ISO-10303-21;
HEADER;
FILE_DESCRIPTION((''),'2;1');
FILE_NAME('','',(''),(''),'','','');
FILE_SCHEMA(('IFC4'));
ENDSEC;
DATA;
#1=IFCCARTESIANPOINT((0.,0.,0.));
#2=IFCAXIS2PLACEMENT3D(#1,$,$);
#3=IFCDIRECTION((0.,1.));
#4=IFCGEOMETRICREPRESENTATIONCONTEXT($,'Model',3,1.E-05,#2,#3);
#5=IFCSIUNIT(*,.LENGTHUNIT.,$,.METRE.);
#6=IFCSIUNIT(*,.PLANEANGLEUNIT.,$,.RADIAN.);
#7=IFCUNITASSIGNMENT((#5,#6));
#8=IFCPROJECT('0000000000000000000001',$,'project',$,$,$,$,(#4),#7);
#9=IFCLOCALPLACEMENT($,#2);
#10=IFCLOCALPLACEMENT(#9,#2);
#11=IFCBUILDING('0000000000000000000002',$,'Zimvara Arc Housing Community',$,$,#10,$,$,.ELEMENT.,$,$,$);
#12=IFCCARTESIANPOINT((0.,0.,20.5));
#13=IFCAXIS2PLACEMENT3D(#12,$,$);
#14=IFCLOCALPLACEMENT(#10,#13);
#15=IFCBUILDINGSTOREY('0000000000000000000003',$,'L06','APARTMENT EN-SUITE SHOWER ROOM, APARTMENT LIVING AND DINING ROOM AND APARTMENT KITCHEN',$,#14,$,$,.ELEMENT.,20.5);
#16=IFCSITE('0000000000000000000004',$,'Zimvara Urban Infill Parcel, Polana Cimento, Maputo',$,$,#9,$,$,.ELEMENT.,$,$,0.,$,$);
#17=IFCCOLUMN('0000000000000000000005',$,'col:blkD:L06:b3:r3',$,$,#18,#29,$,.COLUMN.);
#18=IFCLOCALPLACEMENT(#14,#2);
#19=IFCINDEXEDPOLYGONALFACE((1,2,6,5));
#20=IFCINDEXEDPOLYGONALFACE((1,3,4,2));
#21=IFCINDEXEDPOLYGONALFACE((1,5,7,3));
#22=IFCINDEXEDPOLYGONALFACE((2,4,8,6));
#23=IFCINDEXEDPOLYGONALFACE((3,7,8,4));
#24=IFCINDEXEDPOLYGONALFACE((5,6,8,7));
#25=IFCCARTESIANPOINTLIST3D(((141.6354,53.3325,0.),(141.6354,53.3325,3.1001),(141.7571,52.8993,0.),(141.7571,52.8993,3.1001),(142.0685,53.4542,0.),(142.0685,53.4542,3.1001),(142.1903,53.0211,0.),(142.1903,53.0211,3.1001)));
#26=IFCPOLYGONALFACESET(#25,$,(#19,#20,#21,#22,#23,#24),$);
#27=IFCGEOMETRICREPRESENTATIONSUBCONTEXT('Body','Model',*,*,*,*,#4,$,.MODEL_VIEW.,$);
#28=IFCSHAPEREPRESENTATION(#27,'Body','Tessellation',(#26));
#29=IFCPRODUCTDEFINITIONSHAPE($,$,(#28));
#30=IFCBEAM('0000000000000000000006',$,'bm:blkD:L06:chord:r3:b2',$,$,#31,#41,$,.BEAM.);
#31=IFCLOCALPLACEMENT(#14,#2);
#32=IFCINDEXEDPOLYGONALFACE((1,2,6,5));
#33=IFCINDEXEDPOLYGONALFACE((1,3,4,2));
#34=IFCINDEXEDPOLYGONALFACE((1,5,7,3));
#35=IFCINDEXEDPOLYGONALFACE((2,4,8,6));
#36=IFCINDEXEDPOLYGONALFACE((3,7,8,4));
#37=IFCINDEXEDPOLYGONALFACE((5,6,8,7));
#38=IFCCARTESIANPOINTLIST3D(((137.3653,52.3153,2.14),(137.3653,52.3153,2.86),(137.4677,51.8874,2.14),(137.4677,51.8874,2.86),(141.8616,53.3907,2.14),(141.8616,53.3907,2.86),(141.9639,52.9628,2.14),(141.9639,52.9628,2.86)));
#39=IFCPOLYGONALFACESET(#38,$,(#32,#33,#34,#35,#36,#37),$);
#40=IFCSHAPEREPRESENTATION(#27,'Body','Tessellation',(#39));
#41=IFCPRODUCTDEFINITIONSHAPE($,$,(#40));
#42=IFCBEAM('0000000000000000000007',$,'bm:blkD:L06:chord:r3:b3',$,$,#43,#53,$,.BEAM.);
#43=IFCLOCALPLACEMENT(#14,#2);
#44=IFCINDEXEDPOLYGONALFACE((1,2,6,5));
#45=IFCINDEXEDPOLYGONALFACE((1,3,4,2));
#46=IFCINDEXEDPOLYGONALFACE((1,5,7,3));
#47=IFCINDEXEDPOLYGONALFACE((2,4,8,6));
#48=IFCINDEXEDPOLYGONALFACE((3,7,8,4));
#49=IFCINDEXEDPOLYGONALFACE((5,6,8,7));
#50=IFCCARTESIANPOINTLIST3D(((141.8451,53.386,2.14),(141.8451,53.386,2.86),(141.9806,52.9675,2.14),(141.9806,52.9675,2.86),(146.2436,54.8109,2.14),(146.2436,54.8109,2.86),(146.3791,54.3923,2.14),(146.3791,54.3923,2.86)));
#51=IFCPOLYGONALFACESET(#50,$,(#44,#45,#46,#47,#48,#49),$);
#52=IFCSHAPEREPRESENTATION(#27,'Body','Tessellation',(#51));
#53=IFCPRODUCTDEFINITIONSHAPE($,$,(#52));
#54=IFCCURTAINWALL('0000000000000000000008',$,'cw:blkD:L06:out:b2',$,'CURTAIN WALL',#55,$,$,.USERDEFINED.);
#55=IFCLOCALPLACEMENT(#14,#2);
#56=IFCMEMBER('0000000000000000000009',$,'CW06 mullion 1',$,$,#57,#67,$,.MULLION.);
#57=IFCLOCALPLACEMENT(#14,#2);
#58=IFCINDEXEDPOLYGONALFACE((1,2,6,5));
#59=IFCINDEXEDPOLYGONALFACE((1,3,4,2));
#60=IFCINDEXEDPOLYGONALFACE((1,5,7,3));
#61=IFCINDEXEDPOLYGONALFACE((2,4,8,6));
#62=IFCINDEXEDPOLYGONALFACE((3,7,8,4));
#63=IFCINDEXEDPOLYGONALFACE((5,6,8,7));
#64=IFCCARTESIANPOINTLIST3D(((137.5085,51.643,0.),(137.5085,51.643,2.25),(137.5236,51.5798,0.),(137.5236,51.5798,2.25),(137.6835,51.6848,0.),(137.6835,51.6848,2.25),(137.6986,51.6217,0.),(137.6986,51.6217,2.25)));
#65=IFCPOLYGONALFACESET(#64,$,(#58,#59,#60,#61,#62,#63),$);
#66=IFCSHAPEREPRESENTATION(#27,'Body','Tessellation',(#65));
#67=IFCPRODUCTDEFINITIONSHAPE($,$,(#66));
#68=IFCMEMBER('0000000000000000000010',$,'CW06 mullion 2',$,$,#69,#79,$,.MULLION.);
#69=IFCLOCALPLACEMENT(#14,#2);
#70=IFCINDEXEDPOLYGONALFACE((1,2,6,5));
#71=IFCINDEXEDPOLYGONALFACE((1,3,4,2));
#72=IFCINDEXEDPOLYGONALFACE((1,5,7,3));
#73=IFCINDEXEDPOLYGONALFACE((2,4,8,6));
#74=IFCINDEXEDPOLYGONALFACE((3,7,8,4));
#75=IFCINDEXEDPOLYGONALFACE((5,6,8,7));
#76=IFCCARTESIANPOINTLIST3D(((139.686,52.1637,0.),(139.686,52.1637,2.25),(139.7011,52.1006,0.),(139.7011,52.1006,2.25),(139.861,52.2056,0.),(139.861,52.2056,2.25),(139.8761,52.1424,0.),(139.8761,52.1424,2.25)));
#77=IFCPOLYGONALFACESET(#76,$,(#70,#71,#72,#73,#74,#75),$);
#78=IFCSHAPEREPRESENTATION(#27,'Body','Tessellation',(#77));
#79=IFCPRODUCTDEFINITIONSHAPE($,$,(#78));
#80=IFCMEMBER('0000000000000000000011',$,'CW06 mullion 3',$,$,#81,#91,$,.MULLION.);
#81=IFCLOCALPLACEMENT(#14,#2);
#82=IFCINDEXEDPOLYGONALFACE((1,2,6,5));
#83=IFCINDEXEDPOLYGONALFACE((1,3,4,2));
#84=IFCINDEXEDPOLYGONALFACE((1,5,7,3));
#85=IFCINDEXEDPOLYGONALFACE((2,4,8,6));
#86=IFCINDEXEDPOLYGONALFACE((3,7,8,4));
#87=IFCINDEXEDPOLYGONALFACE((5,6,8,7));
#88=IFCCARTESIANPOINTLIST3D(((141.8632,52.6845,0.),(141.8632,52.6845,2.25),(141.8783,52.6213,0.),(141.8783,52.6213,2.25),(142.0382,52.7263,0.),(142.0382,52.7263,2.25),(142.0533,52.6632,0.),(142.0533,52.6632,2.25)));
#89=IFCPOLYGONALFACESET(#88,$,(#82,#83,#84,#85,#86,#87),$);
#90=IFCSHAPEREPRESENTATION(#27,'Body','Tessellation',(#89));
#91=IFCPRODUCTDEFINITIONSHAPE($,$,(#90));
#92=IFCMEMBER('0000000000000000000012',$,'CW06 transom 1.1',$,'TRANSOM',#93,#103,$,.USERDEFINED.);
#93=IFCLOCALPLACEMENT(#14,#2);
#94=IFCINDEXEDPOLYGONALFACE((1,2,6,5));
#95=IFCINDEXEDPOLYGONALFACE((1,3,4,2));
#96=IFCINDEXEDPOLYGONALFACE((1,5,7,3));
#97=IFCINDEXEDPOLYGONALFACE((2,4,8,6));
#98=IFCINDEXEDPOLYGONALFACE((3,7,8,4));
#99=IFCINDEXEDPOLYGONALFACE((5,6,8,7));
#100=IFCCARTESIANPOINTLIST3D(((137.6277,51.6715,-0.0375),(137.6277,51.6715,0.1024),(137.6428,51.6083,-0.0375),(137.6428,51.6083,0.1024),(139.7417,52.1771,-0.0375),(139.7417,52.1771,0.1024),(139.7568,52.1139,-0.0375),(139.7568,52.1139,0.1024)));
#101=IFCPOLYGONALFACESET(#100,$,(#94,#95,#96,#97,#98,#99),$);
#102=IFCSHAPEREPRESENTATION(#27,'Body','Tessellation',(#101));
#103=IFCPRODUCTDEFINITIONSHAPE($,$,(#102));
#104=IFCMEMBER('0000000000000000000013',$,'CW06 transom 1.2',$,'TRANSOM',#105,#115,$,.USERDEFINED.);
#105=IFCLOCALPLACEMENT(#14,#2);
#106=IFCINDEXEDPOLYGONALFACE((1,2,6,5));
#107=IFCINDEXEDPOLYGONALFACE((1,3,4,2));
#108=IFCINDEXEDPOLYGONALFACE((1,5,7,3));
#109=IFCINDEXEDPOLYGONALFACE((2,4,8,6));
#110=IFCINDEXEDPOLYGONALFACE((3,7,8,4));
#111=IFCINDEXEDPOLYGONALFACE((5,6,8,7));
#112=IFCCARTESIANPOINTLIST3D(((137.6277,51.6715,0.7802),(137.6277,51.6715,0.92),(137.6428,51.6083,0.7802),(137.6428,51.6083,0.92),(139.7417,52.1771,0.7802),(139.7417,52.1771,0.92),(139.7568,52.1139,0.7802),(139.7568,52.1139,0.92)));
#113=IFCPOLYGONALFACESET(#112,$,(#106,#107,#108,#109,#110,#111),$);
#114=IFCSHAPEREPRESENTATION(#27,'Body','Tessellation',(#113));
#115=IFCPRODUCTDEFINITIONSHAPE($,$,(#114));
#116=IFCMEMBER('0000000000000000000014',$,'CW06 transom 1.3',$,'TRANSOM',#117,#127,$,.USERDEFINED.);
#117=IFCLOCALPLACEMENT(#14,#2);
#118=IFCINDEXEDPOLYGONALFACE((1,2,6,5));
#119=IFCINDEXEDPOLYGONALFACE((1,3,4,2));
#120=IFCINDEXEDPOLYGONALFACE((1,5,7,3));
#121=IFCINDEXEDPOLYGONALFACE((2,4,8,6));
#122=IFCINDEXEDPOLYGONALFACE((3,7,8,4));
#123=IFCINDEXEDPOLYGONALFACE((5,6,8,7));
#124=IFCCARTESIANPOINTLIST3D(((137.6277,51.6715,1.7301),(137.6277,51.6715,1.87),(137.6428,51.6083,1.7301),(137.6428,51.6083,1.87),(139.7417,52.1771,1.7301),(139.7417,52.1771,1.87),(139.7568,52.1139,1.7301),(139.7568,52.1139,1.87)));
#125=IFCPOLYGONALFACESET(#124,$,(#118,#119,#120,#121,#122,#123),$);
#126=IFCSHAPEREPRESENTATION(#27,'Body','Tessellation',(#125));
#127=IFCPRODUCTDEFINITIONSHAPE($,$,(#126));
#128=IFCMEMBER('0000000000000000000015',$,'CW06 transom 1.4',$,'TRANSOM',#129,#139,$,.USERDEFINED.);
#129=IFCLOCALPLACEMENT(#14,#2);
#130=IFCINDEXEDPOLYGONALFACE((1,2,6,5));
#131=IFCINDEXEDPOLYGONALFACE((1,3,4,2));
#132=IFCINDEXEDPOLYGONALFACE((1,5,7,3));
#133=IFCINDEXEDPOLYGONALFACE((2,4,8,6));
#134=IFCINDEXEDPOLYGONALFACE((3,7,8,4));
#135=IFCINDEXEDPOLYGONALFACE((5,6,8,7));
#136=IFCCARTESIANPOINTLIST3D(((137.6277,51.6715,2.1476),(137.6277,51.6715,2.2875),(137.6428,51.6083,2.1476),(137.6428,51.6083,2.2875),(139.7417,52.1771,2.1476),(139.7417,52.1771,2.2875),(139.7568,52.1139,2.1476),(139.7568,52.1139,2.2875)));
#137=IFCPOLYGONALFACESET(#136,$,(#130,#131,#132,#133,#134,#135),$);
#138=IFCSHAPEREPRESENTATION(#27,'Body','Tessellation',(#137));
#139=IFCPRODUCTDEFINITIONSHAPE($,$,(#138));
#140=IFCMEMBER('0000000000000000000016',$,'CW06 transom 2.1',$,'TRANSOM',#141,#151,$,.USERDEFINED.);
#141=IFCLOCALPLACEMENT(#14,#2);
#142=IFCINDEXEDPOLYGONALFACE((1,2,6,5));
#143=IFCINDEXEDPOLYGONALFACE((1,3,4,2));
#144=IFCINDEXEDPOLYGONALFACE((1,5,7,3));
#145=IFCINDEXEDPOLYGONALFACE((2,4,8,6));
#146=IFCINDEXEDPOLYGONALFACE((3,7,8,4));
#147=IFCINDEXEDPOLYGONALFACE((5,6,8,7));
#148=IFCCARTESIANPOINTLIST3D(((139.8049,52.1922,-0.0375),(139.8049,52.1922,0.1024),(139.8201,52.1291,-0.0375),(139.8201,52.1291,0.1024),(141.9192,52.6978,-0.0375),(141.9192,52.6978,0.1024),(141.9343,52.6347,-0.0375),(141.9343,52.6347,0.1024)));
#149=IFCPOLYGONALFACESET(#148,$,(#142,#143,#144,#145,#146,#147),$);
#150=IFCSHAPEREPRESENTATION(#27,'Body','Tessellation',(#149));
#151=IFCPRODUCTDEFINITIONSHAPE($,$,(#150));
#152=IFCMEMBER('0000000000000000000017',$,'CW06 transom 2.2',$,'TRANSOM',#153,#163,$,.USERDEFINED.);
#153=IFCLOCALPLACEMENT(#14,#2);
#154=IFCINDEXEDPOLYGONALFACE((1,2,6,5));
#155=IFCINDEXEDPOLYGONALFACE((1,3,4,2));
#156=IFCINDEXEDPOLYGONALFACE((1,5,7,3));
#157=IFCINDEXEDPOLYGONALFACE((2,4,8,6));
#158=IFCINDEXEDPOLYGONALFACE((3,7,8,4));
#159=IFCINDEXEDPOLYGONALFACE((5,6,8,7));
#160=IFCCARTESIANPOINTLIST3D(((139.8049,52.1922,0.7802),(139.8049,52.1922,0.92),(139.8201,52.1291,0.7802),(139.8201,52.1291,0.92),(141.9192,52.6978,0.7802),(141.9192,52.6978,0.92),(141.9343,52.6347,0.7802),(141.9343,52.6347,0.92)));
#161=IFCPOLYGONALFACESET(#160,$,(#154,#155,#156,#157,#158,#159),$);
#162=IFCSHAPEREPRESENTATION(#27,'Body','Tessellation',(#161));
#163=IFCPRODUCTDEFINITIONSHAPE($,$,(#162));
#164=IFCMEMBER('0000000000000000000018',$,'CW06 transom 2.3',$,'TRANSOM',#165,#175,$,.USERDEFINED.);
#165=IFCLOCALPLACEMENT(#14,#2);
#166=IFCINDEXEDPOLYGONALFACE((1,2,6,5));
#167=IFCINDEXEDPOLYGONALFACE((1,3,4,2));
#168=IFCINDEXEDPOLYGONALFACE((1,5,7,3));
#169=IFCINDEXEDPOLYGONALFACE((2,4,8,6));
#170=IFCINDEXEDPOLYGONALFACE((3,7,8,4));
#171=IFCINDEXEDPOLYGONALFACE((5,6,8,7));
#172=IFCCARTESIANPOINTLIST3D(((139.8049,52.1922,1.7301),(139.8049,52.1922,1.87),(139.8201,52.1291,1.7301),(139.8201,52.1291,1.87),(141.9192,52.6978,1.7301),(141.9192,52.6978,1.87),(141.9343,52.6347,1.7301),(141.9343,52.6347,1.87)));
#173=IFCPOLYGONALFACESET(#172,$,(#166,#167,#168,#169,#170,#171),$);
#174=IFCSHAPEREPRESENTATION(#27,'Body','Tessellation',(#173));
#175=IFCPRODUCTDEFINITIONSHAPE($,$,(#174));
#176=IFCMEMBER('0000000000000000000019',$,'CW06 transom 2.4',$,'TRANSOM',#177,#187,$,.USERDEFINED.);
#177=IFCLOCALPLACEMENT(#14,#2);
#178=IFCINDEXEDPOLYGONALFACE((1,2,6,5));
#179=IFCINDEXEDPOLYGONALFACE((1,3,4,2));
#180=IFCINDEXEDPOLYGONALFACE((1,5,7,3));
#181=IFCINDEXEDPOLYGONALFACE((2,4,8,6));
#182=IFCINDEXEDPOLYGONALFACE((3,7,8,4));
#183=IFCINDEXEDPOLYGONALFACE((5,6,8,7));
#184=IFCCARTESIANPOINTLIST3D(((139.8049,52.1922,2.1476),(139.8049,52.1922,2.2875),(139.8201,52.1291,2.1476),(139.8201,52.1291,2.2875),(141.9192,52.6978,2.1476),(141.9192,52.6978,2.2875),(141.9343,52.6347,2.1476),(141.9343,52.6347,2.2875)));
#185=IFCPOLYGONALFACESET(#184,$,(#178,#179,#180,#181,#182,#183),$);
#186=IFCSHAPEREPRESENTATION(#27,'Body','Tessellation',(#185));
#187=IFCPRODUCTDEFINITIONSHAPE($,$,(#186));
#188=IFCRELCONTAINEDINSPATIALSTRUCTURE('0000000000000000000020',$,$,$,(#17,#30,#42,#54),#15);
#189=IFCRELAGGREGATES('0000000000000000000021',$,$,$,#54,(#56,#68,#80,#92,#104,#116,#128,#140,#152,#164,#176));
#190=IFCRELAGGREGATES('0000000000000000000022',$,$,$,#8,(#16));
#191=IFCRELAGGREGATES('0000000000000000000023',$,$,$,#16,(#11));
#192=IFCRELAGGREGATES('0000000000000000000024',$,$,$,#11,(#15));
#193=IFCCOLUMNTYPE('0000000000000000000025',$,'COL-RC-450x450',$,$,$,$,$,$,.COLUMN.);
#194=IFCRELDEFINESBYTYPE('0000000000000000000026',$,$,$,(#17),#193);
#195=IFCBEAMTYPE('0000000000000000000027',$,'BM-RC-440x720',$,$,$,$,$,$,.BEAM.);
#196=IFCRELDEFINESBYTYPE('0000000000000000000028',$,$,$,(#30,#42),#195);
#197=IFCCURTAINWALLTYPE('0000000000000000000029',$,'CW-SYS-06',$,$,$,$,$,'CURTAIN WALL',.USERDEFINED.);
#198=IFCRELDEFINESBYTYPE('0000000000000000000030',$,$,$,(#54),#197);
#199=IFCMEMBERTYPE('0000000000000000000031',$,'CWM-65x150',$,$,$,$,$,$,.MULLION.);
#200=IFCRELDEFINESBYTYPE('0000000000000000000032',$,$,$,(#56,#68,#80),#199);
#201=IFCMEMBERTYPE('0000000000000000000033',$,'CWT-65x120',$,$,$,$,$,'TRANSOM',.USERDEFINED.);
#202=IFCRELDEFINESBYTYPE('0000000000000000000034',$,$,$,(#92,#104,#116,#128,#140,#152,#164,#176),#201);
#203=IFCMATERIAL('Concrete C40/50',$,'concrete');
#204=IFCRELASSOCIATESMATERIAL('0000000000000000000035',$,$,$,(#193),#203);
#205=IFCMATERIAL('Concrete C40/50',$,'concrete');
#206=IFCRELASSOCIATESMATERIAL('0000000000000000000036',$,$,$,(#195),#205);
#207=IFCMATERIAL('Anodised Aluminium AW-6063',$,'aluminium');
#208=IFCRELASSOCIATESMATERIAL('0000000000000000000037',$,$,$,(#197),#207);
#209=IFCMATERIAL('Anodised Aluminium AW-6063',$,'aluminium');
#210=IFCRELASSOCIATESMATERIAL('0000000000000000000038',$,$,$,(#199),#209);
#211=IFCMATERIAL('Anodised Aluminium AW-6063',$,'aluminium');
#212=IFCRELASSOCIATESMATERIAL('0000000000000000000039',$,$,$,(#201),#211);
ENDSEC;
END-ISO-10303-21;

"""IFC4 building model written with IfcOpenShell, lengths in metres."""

from ifc_helpers import new_model, si_unit, direction, frame, origin, origin_2d, place, context, subcontext, project, spatial, rectangle, extrude, material, material_profile, profile_set, type_object, element, aggregate, save


model = new_model("IFC4")

# Units and contexts
model_context = context("Model", 3, precision=1e-05, world=origin(), true_north=direction((0.0, 1.0)))
body_context = subcontext(model_context, "Body", "Model", "MODEL_VIEW")
ifc_project = project(units=[si_unit("LENGTHUNIT", "METRE"), si_unit("PLANEANGLEUNIT", "RADIAN")], contexts=[model_context])

# Site, building, storey
site_placement = place(None, origin())
site = spatial("IfcSite", under=ifc_project, at=site_placement, Name="Zimvara Urban Infill Parcel, Polana Cimento, Maputo", CompositionType="ELEMENT", RefElevation=0.0)
building_placement = place(site_placement, origin())
building = spatial("IfcBuilding", under=site, at=building_placement, Name="Zimvara Arc Housing Community", CompositionType="ELEMENT")
storey_placement = place(building_placement, frame((0.0, 0.0, 20.5)))
storey = spatial("IfcBuildingStorey", under=building, at=storey_placement, Name="L06", Description="APARTMENT EN-SUITE SHOWER ROOM, APARTMENT LIVING AND DINING ROOM AND APARTMENT KITCHEN", CompositionType="ELEMENT", Elevation=20.5)

# Column
ifc_material_1 = material(Name="Concrete C40/50", Category="concrete")
ifc_material_profile_1 = material_profile(ifc_material_1, rectangle(XDim=0.45, YDim=0.45, at=origin_2d()), Name="RC 450x450")
ifc_profile_set_1 = profile_set([ifc_material_profile_1], Name="Concrete C40/50")
column_type = type_object("IfcColumnType", Name="COL-RC-450x450", PredefinedType="COLUMN", material=ifc_profile_set_1)
column_placement = place(storey_placement, frame((141.9128, 53.1768, 0.0), z_axis=(0.0, 0.0, 1.0), x_axis=(0.2706, -0.962692, 0.0)))
element("IfcColumn", 1, at=column_placement, inside=storey, type_object=column_type, Name="col:blkD:L06:b3:r3", PredefinedType="COLUMN", context=body_context, shape_type="SweptSolid", body=[
    extrude(rectangle(XDim=0.45, YDim=0.45, at=origin_2d()), origin(), (0.0, 0.0, 1.0), 3.1001),
])

# Beams
ifc_material_2 = material(Name="Concrete C40/50", Category="concrete")
ifc_material_profile_2 = material_profile(ifc_material_2, rectangle(XDim=0.4399, YDim=0.72, at=origin_2d()), Name="RC 440x720")
ifc_profile_set_2 = profile_set([ifc_material_profile_2], Name="Concrete C40/50")
beam_type = type_object("IfcBeamType", Name="BM-RC-440x720", PredefinedType="BEAM", material=ifc_profile_set_2)
beam_1_placement = place(storey_placement, frame((137.4165, 52.1013, 2.5), z_axis=(0.972568, 0.23262, 0.0), x_axis=(-0.23262, 0.972568, 0.0)))
element("IfcBeam", 2, at=beam_1_placement, inside=storey, type_object=beam_type, Name="bm:blkD:L06:chord:r3:b2", PredefinedType="BEAM", context=body_context, shape_type="SweptSolid", body=[
    extrude(rectangle(XDim=0.4399, YDim=0.72, at=origin_2d()), origin(), (0.0, 0.0, 1.0), 4.623),
])
beam_2_placement = place(storey_placement, frame((141.9128, 53.1768, 2.5), z_axis=(0.951332, 0.308169, 0.0), x_axis=(-0.308169, 0.951332, 0.0)))
element("IfcBeam", 3, at=beam_2_placement, inside=storey, type_object=beam_type, Name="bm:blkD:L06:chord:r3:b3", PredefinedType="BEAM", context=body_context, shape_type="SweptSolid", body=[
    extrude(rectangle(XDim=0.4399, YDim=0.72, at=origin_2d()), origin(), (0.0, 0.0, 1.0), 4.6235),
])

# Curtain wall, members
ifc_material_3 = material(Name="Anodised Aluminium AW-6063", Category="aluminium")
curtain_wall_type = type_object("IfcCurtainWallType", Name="CW-SYS-06", ElementType="CURTAIN WALL", PredefinedType="USERDEFINED", material=ifc_material_3)
curtain_wall_placement = place(storey_placement, origin())
curtain_wall = element("IfcCurtainWall", 4, at=curtain_wall_placement, inside=storey, type_object=curtain_wall_type, Name="cw:blkD:L06:out:b2", ObjectType="CURTAIN WALL", PredefinedType="USERDEFINED")
ifc_material_4 = material(Name="Anodised Aluminium AW-6063", Category="aluminium")
ifc_material_profile_3 = material_profile(ifc_material_4, rectangle(XDim=0.0649, YDim=0.1799, at=origin_2d()), Name="ALU 65x180")
ifc_profile_set_3 = profile_set([ifc_material_profile_3], Name="Anodised Aluminium AW-6063")
member_type_1 = type_object("IfcMemberType", Name="CWM-65x150", PredefinedType="MULLION", material=ifc_profile_set_3)
member_1_placement = place(storey_placement, frame((137.6035, 51.6323, 0.0), z_axis=(0.0, 0.0, 1.0), x_axis=(-0.232597, 0.972573, 0.0)))
member_1 = element("IfcMember", 5, at=member_1_placement, type_object=member_type_1, Name="CW06 mullion 1", PredefinedType="MULLION", context=body_context, shape_type="SweptSolid", body=[
    extrude(rectangle(XDim=0.0649, YDim=0.1799, at=origin_2d()), origin(), (0.0, 0.0, 1.0), 2.25),
])
member_2_placement = place(storey_placement, frame((139.781, 52.1531, 0.0), z_axis=(0.0, 0.0, 1.0), x_axis=(-0.232597, 0.972573, 0.0)))
member_2 = element("IfcMember", 6, at=member_2_placement, type_object=member_type_1, Name="CW06 mullion 2", PredefinedType="MULLION", context=body_context, shape_type="SweptSolid", body=[
    extrude(rectangle(XDim=0.0649, YDim=0.1799, at=origin_2d()), origin(), (0.0, 0.0, 1.0), 2.25),
])
member_3_placement = place(storey_placement, frame((141.9583, 52.6738, 0.0), z_axis=(0.0, 0.0, 1.0), x_axis=(-0.232597, 0.972573, 0.0)))
member_3 = element("IfcMember", 7, at=member_3_placement, type_object=member_type_1, Name="CW06 mullion 3", PredefinedType="MULLION", context=body_context, shape_type="SweptSolid", body=[
    extrude(rectangle(XDim=0.0649, YDim=0.1799, at=origin_2d()), origin(), (0.0, 0.0, 1.0), 2.25),
])
ifc_material_5 = material(Name="Anodised Aluminium AW-6063", Category="aluminium")
ifc_material_profile_4 = material_profile(ifc_material_5, rectangle(XDim=0.0649, YDim=0.1399, at=origin_2d()), Name="ALU 65x140")
ifc_profile_set_4 = profile_set([ifc_material_profile_4], Name="Anodised Aluminium AW-6063")
member_type_2 = type_object("IfcMemberType", Name="CWT-65x120", ElementType="TRANSOM", PredefinedType="USERDEFINED", material=ifc_profile_set_4)
member_4_placement = place(storey_placement, frame((137.6353, 51.6399, 0.0325), z_axis=(0.97257, 0.232612, 0.0), x_axis=(-0.232612, 0.97257, 0.0)))
member_4 = element("IfcMember", 8, at=member_4_placement, type_object=member_type_2, Name="CW06 transom 1.1", ObjectType="TRANSOM", PredefinedType="USERDEFINED", context=body_context, shape_type="SweptSolid", body=[
    extrude(rectangle(XDim=0.0649, YDim=0.1399, at=origin_2d()), origin(), (0.0, 0.0, 1.0), 2.1736),
])
member_5_placement = place(storey_placement, frame((137.6353, 51.6399, 0.8501), z_axis=(0.97257, 0.232612, 0.0), x_axis=(-0.232612, 0.97257, 0.0)))
member_5 = element("IfcMember", 9, at=member_5_placement, type_object=member_type_2, Name="CW06 transom 1.2", ObjectType="TRANSOM", PredefinedType="USERDEFINED", context=body_context, shape_type="SweptSolid", body=[
    extrude(rectangle(XDim=0.0649, YDim=0.1399, at=origin_2d()), origin(), (0.0, 0.0, 1.0), 2.1736),
])
member_6_placement = place(storey_placement, frame((137.6353, 51.6399, 1.8), z_axis=(0.97257, 0.232612, 0.0), x_axis=(-0.232612, 0.97257, 0.0)))
member_6 = element("IfcMember", 10, at=member_6_placement, type_object=member_type_2, Name="CW06 transom 1.3", ObjectType="TRANSOM", PredefinedType="USERDEFINED", context=body_context, shape_type="SweptSolid", body=[
    extrude(rectangle(XDim=0.0649, YDim=0.1399, at=origin_2d()), origin(), (0.0, 0.0, 1.0), 2.1736),
])
member_7_placement = place(storey_placement, frame((137.6353, 51.6399, 2.2175), z_axis=(0.97257, 0.232612, 0.0), x_axis=(-0.232612, 0.97257, 0.0)))
member_7 = element("IfcMember", 11, at=member_7_placement, type_object=member_type_2, Name="CW06 transom 1.4", ObjectType="TRANSOM", PredefinedType="USERDEFINED", context=body_context, shape_type="SweptSolid", body=[
    extrude(rectangle(XDim=0.0649, YDim=0.1399, at=origin_2d()), origin(), (0.0, 0.0, 1.0), 2.1736),
])
member_8_placement = place(storey_placement, frame((139.8125, 52.1606, 0.0325), z_axis=(0.972576, 0.232587, 0.0), x_axis=(-0.232587, 0.972576, 0.0)))
member_8 = element("IfcMember", 12, at=member_8_placement, type_object=member_type_2, Name="CW06 transom 2.1", ObjectType="TRANSOM", PredefinedType="USERDEFINED", context=body_context, shape_type="SweptSolid", body=[
    extrude(rectangle(XDim=0.0649, YDim=0.1399, at=origin_2d()), origin(), (0.0, 0.0, 1.0), 2.1738),
])
member_9_placement = place(storey_placement, frame((139.8125, 52.1606, 0.8501), z_axis=(0.972576, 0.232587, 0.0), x_axis=(-0.232587, 0.972576, 0.0)))
member_9 = element("IfcMember", 13, at=member_9_placement, type_object=member_type_2, Name="CW06 transom 2.2", ObjectType="TRANSOM", PredefinedType="USERDEFINED", context=body_context, shape_type="SweptSolid", body=[
    extrude(rectangle(XDim=0.0649, YDim=0.1399, at=origin_2d()), origin(), (0.0, 0.0, 1.0), 2.1738),
])
member_10_placement = place(storey_placement, frame((139.8125, 52.1606, 1.8), z_axis=(0.972576, 0.232587, 0.0), x_axis=(-0.232587, 0.972576, 0.0)))
member_10 = element("IfcMember", 14, at=member_10_placement, type_object=member_type_2, Name="CW06 transom 2.3", ObjectType="TRANSOM", PredefinedType="USERDEFINED", context=body_context, shape_type="SweptSolid", body=[
    extrude(rectangle(XDim=0.0649, YDim=0.1399, at=origin_2d()), origin(), (0.0, 0.0, 1.0), 2.1738),
])
member_11_placement = place(storey_placement, frame((139.8125, 52.1606, 2.2175), z_axis=(0.972576, 0.232587, 0.0), x_axis=(-0.232587, 0.972576, 0.0)))
member_11 = element("IfcMember", 15, at=member_11_placement, type_object=member_type_2, Name="CW06 transom 2.4", ObjectType="TRANSOM", PredefinedType="USERDEFINED", context=body_context, shape_type="SweptSolid", body=[
    extrude(rectangle(XDim=0.0649, YDim=0.1399, at=origin_2d()), origin(), (0.0, 0.0, 1.0), 2.1738),
])
aggregate(curtain_wall, [member_1, member_2, member_3, member_4, member_5, member_6, member_7, member_8, member_9, member_10, member_11])

save(model, "model.ifc")
